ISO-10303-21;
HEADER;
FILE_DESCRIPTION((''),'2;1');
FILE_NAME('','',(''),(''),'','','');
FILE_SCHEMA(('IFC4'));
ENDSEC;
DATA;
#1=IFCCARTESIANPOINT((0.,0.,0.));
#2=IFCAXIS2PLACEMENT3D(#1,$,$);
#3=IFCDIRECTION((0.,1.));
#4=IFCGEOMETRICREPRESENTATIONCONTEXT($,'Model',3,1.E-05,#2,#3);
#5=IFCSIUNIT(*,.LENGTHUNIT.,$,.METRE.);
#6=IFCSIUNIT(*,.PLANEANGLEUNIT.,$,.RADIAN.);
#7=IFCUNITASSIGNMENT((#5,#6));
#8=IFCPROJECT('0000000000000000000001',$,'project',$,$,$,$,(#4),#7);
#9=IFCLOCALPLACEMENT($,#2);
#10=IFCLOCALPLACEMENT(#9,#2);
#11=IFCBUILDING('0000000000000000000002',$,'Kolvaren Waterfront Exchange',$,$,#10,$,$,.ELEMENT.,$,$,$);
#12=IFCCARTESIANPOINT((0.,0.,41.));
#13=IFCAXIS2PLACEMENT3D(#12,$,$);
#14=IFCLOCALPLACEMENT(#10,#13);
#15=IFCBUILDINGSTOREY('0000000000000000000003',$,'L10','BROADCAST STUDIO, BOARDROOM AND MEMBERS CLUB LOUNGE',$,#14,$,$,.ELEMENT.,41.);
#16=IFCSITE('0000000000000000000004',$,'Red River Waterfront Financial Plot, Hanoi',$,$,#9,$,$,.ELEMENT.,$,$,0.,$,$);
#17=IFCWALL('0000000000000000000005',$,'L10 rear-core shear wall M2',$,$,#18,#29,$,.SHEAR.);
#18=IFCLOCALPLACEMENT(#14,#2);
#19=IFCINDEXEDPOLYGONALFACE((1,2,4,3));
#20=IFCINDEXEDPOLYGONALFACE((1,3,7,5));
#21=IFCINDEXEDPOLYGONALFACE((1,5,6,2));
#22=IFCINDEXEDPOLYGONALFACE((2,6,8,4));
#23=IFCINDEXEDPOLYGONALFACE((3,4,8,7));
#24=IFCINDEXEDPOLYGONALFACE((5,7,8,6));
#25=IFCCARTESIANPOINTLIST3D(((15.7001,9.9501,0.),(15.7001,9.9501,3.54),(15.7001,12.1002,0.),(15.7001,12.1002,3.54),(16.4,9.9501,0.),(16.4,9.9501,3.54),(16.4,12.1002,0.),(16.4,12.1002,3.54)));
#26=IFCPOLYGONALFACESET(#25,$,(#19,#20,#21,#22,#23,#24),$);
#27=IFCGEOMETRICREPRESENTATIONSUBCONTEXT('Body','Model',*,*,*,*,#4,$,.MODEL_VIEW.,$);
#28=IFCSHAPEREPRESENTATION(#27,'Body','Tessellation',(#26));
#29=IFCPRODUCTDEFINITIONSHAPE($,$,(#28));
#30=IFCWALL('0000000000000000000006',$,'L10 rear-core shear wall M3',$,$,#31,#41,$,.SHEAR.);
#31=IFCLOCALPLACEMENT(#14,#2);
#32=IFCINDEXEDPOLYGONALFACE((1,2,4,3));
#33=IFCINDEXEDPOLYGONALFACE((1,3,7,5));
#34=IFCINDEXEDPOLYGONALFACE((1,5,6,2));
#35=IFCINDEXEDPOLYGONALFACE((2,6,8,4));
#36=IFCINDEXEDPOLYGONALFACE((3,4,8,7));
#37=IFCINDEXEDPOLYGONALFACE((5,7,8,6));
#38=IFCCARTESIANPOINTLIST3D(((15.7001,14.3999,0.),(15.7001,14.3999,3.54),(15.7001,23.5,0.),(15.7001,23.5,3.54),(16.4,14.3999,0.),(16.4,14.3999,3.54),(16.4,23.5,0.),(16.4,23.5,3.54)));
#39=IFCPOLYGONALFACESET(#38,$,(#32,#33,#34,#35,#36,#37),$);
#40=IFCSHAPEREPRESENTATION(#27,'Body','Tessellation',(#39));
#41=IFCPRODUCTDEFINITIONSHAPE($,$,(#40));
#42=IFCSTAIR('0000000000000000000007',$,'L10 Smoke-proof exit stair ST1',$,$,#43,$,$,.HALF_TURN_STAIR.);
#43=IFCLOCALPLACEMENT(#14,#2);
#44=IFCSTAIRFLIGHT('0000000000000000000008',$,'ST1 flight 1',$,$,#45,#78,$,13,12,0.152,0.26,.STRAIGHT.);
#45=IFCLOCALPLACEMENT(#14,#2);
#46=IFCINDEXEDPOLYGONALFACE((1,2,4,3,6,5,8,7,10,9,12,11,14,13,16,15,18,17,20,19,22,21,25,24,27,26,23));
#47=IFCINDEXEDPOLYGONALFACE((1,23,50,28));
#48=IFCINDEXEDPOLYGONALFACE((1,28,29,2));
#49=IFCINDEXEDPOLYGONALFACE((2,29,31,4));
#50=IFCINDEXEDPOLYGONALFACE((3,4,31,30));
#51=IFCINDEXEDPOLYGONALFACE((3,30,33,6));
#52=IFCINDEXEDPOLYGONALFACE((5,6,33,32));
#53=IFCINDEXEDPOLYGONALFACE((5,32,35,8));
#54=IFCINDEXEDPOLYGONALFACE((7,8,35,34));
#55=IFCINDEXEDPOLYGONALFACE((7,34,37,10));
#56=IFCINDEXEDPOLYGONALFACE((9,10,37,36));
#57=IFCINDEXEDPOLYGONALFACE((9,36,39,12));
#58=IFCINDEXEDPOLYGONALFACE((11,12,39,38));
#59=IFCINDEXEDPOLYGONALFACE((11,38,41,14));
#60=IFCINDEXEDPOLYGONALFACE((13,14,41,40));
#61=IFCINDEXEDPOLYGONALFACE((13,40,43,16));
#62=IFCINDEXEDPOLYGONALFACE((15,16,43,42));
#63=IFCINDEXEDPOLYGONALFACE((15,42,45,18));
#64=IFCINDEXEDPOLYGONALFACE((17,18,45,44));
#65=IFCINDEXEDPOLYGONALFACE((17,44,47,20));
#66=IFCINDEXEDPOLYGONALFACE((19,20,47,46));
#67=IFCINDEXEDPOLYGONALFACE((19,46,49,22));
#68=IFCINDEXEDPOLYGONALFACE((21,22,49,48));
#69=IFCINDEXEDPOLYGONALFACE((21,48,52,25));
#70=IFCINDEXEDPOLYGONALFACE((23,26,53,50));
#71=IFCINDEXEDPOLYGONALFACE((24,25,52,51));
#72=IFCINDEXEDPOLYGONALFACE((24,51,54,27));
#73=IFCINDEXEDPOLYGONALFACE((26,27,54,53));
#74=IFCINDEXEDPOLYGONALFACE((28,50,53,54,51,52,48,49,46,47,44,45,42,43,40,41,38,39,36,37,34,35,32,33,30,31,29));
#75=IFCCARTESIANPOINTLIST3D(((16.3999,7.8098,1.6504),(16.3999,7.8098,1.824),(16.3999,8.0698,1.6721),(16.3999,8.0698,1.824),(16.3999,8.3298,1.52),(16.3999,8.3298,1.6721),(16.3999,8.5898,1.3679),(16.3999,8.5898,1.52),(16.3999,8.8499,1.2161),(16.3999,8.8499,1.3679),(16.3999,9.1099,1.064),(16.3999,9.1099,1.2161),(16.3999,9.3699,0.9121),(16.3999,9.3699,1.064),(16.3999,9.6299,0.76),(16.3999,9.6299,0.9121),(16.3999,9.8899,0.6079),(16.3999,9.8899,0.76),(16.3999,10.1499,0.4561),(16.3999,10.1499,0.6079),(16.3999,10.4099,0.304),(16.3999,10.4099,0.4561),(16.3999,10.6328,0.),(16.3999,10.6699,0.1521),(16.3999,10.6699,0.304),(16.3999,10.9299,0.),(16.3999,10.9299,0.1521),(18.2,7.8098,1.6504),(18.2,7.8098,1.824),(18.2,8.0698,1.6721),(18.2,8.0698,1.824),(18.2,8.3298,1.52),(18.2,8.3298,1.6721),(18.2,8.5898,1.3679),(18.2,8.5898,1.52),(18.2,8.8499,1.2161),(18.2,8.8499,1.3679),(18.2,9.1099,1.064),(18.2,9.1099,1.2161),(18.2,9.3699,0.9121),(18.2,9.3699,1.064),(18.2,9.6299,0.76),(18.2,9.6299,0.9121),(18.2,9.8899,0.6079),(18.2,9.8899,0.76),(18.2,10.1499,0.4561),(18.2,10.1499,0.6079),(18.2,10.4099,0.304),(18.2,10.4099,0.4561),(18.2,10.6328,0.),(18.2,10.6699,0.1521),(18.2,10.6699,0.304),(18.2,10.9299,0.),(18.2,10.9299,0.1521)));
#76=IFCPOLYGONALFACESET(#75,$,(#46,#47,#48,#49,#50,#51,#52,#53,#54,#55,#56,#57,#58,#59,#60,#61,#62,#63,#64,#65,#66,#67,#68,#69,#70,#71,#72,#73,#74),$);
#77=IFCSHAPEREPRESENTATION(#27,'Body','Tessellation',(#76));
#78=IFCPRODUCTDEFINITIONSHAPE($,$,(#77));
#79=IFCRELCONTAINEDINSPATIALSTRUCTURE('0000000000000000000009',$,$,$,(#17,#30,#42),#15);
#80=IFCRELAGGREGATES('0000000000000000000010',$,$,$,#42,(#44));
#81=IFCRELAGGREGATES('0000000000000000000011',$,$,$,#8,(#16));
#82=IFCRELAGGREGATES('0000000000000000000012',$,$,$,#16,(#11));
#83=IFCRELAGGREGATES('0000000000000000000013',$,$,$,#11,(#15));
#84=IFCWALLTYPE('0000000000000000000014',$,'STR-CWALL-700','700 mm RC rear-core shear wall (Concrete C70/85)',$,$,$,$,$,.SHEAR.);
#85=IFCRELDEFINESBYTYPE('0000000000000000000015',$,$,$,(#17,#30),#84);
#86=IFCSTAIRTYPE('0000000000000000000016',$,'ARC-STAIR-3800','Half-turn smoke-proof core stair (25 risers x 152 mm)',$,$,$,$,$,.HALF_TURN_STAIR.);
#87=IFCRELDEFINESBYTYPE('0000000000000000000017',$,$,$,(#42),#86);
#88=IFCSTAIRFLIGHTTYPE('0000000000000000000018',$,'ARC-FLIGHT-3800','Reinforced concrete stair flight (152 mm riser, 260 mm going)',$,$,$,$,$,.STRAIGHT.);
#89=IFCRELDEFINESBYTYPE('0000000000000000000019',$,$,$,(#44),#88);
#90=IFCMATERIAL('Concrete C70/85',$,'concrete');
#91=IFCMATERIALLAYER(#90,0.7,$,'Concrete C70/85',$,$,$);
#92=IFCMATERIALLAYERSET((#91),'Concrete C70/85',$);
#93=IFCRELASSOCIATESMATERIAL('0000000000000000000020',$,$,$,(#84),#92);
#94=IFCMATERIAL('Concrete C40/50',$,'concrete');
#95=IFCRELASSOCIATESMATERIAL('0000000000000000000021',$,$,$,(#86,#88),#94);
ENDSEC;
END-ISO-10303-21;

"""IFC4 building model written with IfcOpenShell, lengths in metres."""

from ifc_helpers import new_model, si_unit, direction, frame, frame_2d, origin, place, context, subcontext, project, spatial, polyline, rectangle, outline, extrude, material, layer, layer_set, type_object, element, aggregate, save


model = new_model("IFC4")

# Units and contexts
model_context = context("Model", 3, precision=1e-05, world=origin(), true_north=direction((0.0, 1.0)))
body_context = subcontext(model_context, "Body", "Model", "MODEL_VIEW")
ifc_project = project(units=[si_unit("LENGTHUNIT", "METRE"), si_unit("PLANEANGLEUNIT", "RADIAN")], contexts=[model_context])

# Site, building, storey
site_placement = place(None, origin())
site = spatial("IfcSite", under=ifc_project, at=site_placement, Name="Red River Waterfront Financial Plot, Hanoi", CompositionType="ELEMENT", RefElevation=0.0)
building_placement = place(site_placement, origin())
building = spatial("IfcBuilding", under=site, at=building_placement, Name="Kolvaren Waterfront Exchange", CompositionType="ELEMENT")
storey_placement = place(building_placement, frame((0.0, 0.0, 41.0)))
storey = spatial("IfcBuildingStorey", under=building, at=storey_placement, Name="L10", Description="BROADCAST STUDIO, BOARDROOM AND MEMBERS CLUB LOUNGE", CompositionType="ELEMENT", Elevation=41.0)

# Walls
ifc_material_1 = material(Name="Concrete C40/50", Category="concrete")
ifc_material_2 = material(Name="Concrete C70/85", Category="concrete")
ifc_layer_1 = layer(ifc_material_2, 0.7, Name="Concrete C70/85")
ifc_layer_set_1 = layer_set([ifc_layer_1], Name="Concrete C70/85")
wall_type_1 = type_object("IfcWallType", Name="STR-CWALL-700", Description="700 mm RC rear-core shear wall (Concrete C70/85)", PredefinedType="SHEAR", material=ifc_layer_set_1)
wall_1_placement = place(storey_placement, frame((16.05, 9.95, 0.0), z_axis=(0.0, 0.0, 1.0), x_axis=(0.0, 1.0, 0.0)))
element("IfcWall", 1, at=wall_1_placement, inside=storey, type_object=wall_type_1, Name="L10 rear-core shear wall M2", PredefinedType="SHEAR", context=body_context, shape_type="SweptSolid", body=[
    extrude(rectangle(XDim=2.1501, YDim=0.7, at=frame_2d((1.0752, 0.0))), origin(), (0.0, 0.0, 1.0), 3.54),
])
wall_2_placement = place(storey_placement, frame((16.05, 14.3999, 0.0), z_axis=(0.0, 0.0, 1.0), x_axis=(0.0, 1.0, 0.0)))
element("IfcWall", 2, at=wall_2_placement, inside=storey, type_object=wall_type_1, Name="L10 rear-core shear wall M3", PredefinedType="SHEAR", context=body_context, shape_type="SweptSolid", body=[
    extrude(rectangle(XDim=9.1001, YDim=0.7, at=frame_2d((4.55, 0.0))), origin(), (0.0, 0.0, 1.0), 3.54),
])

# Stair, stair flight
stair_type = type_object("IfcStairType", Name="ARC-STAIR-3800", Description="Half-turn smoke-proof core stair (25 risers x 152 mm)", PredefinedType="HALF_TURN_STAIR", material=ifc_material_1)
stair_placement = place(storey_placement, origin())
stair = element("IfcStair", 3, at=stair_placement, inside=storey, type_object=stair_type, Name="L10 Smoke-proof exit stair ST1", PredefinedType="HALF_TURN_STAIR")
stair_flight_type = type_object("IfcStairFlightType", Name="ARC-FLIGHT-3800", Description="Reinforced concrete stair flight (152 mm riser, 260 mm going)", PredefinedType="STRAIGHT", material=ifc_material_1)
stair_flight_placement = place(storey_placement, frame((17.3, 10.9299, 0.0), z_axis=(0.0, 0.0, 1.0), x_axis=(0.0, -1.0, 0.0)))
stair_flight = element("IfcStairFlight", 4, at=stair_flight_placement, type_object=stair_flight_type, Name="ST1 flight 1", NumberOfRisers=13, NumberOfTreads=12, PredefinedType="STRAIGHT", RiserHeight=0.152, TreadLength=0.26, context=body_context, shape_type="SweptSolid", body=[
    extrude(outline(polyline([(0.0, 0.0), (0.0, 0.1521), (0.26, 0.1521), (0.26, 0.304), (0.52, 0.304), (0.52, 0.4561), (0.78, 0.4561), (0.78, 0.6079), (1.04, 0.6079), (1.04, 0.76), (1.3, 0.76), (1.3, 0.9121), (1.5601, 0.9121), (1.5601, 1.064), (1.8201, 1.064), (1.8201, 1.2161), (2.0801, 1.2161), (2.0801, 1.3679), (2.3401, 1.3679), (2.3401, 1.52), (2.6001, 1.52), (2.6001, 1.6721), (2.8601, 1.6721), (2.8601, 1.824), (3.1201, 1.824), (3.1201, 1.9761), (3.1201, 1.6504), (0.2971, 0.0), (0.0, 0.0)])), frame((0.0, 0.8999, 0.0), z_axis=(0.0, -1.0, 0.0), x_axis=(1.0, 0.0, 0.0)), (0.0, 0.0, 1.0), 1.8),
])
aggregate(stair, [stair_flight])

save(model, "model.ifc")
